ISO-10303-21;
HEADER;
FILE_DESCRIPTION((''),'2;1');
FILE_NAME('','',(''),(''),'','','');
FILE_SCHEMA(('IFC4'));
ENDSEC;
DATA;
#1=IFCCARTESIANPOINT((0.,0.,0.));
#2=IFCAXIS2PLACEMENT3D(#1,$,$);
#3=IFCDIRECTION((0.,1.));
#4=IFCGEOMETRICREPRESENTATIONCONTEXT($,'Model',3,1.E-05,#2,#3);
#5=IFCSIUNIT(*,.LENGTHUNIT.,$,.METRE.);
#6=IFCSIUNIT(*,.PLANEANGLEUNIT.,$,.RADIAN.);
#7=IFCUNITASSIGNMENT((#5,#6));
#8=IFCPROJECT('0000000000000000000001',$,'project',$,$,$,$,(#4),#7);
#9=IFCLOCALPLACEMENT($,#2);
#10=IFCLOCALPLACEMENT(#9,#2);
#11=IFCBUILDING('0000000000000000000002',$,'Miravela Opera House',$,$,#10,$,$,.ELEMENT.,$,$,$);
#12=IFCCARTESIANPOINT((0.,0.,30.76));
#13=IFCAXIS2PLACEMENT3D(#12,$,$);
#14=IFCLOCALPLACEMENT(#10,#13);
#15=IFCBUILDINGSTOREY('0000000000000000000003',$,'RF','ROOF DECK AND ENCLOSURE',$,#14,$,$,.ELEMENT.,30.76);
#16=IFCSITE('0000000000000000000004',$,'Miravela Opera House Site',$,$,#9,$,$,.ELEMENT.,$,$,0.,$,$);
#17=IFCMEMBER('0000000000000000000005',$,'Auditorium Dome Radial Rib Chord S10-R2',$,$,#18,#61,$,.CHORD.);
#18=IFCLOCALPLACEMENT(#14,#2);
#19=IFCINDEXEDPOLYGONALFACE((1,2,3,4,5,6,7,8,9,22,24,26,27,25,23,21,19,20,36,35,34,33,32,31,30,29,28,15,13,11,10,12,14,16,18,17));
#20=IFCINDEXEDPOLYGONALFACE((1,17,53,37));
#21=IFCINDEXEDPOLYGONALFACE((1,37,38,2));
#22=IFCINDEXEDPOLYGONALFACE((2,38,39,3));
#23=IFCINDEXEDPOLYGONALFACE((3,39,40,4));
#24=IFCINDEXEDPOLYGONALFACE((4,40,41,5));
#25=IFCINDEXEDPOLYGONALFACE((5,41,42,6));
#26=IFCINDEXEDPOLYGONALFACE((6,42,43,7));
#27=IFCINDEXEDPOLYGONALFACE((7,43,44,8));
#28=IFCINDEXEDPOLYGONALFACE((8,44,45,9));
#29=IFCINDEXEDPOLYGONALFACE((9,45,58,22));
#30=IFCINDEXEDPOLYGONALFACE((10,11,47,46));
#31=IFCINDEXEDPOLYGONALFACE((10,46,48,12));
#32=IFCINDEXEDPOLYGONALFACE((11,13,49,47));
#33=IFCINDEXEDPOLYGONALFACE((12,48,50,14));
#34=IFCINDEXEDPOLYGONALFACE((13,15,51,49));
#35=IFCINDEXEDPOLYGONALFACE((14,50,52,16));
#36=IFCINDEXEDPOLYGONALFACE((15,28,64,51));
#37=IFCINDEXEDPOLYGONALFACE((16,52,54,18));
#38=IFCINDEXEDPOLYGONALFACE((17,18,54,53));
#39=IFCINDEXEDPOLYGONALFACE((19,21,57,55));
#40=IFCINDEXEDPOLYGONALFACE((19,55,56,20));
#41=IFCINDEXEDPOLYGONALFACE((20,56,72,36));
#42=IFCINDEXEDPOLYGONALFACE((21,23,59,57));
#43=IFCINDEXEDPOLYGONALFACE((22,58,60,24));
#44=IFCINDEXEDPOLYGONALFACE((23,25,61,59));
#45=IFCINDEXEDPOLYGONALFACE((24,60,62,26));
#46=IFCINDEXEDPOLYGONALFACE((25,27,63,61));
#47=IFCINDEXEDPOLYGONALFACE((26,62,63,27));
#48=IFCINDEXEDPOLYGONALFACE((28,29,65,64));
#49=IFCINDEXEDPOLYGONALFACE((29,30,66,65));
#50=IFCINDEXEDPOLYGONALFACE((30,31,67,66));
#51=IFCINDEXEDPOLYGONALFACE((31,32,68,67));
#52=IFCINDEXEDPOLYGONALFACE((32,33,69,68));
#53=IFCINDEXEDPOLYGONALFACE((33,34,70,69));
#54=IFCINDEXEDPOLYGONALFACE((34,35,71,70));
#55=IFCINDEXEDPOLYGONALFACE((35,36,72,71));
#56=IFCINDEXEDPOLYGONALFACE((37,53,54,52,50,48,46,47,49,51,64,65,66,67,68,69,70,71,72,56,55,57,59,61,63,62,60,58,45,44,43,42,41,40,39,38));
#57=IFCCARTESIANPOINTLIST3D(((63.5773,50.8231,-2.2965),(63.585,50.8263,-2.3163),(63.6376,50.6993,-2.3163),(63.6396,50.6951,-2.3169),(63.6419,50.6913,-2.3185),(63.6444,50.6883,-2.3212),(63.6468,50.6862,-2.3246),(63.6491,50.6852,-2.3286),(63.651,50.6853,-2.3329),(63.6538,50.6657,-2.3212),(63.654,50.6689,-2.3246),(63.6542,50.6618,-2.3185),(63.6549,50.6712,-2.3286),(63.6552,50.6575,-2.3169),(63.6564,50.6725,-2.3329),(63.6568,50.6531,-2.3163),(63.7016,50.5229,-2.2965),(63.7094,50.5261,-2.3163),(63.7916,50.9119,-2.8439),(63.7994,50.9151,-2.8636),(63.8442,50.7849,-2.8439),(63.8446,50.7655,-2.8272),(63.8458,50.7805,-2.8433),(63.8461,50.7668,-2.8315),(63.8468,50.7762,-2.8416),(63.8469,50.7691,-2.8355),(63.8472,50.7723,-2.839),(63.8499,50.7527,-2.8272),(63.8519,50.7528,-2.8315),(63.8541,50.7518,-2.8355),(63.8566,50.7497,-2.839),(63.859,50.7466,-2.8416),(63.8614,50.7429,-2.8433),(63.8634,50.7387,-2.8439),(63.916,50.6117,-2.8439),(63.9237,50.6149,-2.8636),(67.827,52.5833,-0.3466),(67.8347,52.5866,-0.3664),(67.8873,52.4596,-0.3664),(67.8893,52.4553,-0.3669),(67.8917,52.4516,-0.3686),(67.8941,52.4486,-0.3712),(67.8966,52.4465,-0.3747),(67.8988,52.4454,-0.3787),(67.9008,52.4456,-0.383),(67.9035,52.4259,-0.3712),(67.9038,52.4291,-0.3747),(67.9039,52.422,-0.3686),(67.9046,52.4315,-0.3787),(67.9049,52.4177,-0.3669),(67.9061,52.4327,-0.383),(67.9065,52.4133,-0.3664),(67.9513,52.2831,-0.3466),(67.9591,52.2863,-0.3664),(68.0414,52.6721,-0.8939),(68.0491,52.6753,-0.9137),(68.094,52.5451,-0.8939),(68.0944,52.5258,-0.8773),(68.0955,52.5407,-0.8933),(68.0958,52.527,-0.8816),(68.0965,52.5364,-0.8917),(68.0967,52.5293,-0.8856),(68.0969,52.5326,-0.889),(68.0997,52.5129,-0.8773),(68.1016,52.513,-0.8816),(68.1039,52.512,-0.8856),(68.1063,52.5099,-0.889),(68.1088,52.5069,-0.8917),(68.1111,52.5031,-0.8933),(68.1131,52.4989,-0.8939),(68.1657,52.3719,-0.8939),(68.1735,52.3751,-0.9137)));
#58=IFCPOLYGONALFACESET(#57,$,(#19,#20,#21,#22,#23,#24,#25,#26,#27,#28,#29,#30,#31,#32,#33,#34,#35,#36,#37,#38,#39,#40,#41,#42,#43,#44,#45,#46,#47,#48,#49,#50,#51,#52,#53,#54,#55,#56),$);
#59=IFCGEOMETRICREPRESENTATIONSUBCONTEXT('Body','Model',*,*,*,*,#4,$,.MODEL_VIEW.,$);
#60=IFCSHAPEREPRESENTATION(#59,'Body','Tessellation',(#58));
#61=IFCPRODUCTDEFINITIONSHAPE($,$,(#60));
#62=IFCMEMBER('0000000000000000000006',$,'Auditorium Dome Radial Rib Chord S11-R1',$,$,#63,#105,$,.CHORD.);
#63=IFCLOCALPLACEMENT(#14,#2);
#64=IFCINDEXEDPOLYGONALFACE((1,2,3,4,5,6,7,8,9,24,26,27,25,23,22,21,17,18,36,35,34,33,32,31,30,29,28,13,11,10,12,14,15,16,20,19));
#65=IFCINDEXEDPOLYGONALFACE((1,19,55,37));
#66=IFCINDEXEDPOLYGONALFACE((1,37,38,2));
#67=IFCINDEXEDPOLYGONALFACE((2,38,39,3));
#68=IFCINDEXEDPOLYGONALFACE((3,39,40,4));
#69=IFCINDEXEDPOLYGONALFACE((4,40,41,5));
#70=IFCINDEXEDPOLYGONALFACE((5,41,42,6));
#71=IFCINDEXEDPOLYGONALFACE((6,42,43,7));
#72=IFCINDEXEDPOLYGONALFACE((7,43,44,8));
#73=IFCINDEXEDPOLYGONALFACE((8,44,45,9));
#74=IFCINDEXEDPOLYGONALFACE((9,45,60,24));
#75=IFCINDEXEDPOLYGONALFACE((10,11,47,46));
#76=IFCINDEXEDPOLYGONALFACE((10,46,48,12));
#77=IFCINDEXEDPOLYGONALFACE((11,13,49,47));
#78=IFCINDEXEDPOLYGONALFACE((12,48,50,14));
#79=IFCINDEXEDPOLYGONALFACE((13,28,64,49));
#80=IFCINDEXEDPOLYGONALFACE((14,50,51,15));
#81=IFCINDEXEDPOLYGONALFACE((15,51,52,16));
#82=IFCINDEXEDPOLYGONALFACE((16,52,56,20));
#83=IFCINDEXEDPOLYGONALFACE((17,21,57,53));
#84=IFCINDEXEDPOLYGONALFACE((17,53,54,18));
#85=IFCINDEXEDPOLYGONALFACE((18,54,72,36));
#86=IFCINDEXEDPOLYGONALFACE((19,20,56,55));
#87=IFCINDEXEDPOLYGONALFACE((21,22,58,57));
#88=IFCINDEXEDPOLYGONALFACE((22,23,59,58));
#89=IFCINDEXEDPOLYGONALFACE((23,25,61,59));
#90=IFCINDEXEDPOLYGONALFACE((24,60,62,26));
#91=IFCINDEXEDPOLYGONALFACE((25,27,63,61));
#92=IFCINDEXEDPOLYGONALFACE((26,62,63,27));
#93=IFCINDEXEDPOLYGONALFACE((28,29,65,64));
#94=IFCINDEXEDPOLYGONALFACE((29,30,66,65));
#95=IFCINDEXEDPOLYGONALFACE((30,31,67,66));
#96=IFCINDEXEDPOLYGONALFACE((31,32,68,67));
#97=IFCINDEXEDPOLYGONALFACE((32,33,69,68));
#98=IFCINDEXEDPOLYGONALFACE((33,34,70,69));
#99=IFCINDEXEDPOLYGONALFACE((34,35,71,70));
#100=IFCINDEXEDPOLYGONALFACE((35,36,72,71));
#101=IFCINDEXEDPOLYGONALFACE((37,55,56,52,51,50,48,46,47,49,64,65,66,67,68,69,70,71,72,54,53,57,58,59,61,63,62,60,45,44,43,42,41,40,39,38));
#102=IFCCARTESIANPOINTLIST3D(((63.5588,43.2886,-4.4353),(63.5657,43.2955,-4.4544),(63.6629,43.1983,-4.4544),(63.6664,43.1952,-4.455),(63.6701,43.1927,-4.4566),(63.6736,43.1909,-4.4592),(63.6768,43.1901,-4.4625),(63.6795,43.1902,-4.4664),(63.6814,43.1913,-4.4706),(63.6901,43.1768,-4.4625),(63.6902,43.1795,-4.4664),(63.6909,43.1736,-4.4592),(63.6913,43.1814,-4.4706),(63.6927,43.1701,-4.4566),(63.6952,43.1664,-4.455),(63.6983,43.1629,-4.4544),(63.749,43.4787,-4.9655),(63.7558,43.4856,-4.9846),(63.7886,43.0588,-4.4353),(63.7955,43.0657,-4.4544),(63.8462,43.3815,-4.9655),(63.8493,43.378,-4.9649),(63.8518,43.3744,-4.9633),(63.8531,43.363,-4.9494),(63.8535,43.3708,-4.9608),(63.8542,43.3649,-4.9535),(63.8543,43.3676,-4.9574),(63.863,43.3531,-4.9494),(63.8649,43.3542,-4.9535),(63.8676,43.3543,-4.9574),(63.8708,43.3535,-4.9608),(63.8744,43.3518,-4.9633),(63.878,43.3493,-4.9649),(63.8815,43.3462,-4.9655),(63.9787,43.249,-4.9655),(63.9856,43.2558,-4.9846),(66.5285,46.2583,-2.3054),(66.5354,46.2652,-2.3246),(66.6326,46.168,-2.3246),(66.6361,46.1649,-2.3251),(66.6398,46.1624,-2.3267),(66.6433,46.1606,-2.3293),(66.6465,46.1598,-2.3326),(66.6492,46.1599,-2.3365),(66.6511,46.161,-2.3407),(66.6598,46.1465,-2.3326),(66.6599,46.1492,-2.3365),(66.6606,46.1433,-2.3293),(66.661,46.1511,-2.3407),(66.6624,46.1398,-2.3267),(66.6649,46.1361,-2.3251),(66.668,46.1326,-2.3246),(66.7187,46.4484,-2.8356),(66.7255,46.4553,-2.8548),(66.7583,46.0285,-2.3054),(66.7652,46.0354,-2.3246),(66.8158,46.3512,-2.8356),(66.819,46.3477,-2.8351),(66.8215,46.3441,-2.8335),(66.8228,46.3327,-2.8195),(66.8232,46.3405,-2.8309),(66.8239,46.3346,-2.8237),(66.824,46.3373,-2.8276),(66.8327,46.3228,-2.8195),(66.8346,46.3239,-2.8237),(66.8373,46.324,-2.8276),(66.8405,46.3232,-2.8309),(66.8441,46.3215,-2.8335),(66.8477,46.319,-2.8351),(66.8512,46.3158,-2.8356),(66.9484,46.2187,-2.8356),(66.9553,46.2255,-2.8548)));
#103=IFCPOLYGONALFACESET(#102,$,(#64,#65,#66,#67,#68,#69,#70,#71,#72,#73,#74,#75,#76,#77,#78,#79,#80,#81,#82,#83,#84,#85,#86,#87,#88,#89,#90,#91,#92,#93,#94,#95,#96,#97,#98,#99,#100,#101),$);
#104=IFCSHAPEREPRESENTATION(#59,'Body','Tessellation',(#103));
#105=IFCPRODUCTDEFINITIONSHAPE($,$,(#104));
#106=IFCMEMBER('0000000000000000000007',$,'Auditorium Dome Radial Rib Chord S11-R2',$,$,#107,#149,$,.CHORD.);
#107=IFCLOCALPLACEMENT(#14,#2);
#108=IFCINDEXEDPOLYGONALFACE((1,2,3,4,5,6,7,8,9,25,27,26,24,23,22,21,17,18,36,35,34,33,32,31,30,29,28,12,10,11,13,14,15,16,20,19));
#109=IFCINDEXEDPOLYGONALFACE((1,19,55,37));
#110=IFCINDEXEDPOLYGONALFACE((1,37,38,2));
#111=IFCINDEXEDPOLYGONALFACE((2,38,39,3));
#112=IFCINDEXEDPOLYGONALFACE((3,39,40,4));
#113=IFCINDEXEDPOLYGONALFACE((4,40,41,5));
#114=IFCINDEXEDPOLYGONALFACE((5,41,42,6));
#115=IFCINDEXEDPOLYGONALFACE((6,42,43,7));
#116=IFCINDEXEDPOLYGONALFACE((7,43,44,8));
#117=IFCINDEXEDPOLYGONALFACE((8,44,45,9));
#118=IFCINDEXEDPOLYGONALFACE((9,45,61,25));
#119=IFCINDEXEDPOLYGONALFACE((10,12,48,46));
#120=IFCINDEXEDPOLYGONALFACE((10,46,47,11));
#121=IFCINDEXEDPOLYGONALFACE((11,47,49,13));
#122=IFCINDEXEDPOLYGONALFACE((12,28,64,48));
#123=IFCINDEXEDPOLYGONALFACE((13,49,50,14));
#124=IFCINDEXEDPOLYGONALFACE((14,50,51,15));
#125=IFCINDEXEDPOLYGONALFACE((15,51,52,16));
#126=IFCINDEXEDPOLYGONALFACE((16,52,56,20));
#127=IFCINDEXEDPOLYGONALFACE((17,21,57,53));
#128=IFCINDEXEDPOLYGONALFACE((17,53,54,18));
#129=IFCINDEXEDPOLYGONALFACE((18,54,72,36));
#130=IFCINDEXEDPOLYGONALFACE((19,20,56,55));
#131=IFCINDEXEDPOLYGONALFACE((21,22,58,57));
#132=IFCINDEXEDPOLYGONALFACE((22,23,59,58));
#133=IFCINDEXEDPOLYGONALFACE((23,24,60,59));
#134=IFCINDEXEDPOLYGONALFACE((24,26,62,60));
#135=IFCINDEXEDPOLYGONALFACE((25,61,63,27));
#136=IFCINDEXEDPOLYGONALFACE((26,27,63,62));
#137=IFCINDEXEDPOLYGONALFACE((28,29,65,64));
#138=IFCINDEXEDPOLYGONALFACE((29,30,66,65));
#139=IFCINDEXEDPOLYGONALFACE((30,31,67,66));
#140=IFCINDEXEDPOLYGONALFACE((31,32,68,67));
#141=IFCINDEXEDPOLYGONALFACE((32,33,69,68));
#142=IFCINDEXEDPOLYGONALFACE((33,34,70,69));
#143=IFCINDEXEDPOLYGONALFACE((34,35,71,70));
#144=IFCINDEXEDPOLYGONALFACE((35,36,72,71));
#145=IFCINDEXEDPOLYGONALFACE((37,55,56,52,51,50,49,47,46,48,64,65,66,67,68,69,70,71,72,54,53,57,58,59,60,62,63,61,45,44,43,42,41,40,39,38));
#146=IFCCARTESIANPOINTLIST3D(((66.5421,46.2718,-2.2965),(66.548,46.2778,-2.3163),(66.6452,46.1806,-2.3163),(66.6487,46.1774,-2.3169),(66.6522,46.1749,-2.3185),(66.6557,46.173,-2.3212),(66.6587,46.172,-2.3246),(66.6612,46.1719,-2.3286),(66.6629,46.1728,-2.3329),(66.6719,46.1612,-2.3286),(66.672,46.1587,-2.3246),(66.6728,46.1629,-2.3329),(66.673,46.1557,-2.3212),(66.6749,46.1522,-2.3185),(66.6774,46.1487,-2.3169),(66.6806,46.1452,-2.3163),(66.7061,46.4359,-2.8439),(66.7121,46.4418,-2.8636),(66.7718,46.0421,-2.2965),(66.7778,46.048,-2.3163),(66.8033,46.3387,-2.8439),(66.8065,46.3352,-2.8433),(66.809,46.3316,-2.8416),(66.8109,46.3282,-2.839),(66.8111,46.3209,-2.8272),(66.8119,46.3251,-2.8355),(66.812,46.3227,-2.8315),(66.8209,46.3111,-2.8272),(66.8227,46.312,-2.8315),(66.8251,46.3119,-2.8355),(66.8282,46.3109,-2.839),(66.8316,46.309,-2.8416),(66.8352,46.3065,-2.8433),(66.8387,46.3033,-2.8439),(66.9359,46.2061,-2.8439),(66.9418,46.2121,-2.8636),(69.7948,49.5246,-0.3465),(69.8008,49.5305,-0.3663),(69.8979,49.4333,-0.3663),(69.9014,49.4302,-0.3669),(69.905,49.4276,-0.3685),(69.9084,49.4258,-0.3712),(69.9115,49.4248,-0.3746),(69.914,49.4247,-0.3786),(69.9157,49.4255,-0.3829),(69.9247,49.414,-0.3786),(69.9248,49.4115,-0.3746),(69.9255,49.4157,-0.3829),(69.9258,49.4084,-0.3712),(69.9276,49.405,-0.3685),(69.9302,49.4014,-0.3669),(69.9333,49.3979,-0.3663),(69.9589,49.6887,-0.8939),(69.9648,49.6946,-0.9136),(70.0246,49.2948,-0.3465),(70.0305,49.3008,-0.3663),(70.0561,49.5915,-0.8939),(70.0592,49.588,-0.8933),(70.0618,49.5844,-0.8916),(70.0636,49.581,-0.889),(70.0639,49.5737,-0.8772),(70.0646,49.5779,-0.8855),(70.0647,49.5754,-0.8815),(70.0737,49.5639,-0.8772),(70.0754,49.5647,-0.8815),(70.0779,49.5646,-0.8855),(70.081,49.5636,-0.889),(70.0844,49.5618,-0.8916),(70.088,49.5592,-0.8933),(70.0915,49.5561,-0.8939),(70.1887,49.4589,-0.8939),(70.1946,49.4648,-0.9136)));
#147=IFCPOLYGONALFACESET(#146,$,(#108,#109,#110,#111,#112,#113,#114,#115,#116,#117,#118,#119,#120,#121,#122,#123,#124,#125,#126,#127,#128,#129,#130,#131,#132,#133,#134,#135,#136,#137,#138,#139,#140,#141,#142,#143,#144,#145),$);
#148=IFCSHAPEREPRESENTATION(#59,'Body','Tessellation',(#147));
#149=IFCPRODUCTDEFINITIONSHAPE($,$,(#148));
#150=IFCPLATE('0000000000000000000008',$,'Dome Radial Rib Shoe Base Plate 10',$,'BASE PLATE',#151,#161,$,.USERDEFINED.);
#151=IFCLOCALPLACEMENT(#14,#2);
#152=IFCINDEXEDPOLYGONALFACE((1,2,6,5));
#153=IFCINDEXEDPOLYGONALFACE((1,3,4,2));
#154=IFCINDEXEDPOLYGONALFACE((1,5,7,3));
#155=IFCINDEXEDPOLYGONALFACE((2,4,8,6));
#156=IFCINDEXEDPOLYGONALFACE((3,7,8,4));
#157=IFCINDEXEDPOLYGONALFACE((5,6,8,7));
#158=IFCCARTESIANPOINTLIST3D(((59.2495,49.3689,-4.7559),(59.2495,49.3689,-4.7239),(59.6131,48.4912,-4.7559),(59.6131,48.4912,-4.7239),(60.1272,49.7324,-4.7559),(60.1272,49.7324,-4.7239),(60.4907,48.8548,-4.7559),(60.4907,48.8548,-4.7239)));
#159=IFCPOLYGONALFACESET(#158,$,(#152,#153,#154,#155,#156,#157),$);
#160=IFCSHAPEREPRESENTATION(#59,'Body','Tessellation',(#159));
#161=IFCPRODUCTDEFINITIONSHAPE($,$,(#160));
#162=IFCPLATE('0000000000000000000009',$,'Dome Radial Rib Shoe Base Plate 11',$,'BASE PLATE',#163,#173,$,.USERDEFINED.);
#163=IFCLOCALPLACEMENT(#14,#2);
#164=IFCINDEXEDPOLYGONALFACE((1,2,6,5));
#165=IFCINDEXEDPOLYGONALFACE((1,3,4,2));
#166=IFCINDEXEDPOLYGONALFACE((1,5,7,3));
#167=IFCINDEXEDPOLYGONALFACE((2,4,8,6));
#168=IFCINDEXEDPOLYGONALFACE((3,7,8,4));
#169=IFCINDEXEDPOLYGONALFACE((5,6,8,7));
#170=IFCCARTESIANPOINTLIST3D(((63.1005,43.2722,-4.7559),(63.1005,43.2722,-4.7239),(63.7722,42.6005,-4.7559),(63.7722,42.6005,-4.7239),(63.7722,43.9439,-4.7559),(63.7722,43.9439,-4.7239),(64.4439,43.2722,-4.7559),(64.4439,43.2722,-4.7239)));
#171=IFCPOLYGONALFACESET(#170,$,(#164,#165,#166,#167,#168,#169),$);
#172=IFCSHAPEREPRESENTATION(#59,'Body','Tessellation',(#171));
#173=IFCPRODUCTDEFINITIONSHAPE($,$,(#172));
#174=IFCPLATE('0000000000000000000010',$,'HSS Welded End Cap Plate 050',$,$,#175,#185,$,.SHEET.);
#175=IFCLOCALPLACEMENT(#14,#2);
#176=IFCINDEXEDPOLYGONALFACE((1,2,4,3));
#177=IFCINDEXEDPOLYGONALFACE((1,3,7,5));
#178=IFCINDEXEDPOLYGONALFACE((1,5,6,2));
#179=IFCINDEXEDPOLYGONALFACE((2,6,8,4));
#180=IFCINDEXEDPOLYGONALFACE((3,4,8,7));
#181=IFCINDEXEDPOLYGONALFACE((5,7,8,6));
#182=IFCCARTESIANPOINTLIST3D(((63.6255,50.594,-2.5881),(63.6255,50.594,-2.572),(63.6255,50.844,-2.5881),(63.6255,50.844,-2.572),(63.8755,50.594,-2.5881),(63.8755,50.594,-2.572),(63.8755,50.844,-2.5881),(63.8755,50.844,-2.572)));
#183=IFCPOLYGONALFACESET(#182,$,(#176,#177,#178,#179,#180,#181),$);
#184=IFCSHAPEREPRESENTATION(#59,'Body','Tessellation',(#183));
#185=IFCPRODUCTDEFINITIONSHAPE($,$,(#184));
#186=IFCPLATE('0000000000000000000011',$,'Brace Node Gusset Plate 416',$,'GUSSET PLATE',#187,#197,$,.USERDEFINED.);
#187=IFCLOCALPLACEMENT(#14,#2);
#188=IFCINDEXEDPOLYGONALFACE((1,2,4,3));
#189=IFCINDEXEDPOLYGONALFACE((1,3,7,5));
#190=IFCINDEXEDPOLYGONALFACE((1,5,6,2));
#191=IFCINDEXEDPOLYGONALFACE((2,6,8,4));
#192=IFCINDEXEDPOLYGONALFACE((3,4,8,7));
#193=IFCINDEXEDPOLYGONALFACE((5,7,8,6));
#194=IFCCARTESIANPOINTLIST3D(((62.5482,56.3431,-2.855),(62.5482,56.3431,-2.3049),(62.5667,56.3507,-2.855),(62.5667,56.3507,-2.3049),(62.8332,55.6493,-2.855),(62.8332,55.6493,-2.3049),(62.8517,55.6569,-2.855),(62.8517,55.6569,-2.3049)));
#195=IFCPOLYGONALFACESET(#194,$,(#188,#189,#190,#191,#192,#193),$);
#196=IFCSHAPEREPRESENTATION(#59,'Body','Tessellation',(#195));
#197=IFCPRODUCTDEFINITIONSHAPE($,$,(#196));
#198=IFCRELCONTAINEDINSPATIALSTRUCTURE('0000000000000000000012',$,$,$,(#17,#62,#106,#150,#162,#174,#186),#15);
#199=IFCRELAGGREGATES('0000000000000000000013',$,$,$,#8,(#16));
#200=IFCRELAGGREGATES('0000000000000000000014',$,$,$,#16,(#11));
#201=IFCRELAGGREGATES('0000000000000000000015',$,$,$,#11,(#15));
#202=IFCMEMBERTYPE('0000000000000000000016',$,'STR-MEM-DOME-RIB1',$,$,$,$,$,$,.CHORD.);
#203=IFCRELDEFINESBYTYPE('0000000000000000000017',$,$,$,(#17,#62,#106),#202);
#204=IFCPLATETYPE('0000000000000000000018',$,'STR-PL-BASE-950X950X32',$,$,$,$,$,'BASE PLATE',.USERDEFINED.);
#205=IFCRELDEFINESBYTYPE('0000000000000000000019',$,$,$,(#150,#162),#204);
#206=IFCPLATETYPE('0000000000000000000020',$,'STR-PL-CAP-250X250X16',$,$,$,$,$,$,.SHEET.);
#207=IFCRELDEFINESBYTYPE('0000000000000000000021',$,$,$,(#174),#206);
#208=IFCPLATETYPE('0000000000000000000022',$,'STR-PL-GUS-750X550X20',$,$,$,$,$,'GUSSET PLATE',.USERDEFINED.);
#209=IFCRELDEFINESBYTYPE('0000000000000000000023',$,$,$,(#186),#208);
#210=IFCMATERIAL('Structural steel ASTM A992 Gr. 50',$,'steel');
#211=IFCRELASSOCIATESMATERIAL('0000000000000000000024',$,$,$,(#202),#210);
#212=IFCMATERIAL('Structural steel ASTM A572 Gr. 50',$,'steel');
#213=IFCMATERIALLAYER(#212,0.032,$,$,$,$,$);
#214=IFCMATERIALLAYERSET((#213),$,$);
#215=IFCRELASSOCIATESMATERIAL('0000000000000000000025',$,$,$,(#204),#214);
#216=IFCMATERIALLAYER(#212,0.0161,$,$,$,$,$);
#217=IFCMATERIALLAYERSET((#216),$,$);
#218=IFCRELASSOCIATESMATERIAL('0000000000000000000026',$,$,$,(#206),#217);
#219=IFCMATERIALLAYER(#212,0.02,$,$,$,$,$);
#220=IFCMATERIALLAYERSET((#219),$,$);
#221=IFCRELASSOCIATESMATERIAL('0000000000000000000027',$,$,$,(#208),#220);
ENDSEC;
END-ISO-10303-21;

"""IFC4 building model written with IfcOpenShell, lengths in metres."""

from ifc_helpers import new_model, si_unit, direction, frame, origin, origin_2d, place, context, subcontext, project, spatial, rectangle, i_section, extrude, material, layer, layer_set, material_profile, profile_set, type_object, element, save


model = new_model("IFC4")

# Units and contexts
model_context = context("Model", 3, precision=1e-05, world=origin(), true_north=direction((0.0, 1.0)))
body_context = subcontext(model_context, "Body", "Model", "MODEL_VIEW")
ifc_project = project(units=[si_unit("LENGTHUNIT", "METRE"), si_unit("PLANEANGLEUNIT", "RADIAN")], contexts=[model_context])

# Site, building, storey
site_placement = place(None, origin())
site = spatial("IfcSite", under=ifc_project, at=site_placement, Name="Miravela Opera House Site", CompositionType="ELEMENT", RefElevation=0.0)
building_placement = place(site_placement, origin())
building = spatial("IfcBuilding", under=site, at=building_placement, Name="Miravela Opera House", CompositionType="ELEMENT")
storey_placement = place(building_placement, frame((0.0, 0.0, 30.76)))
storey = spatial("IfcBuildingStorey", under=building, at=storey_placement, Name="RF", Description="ROOF DECK AND ENCLOSURE", CompositionType="ELEMENT", Elevation=30.76)

# Shared definitions
ifc_material_1 = material(Name="Structural steel ASTM A992 Gr. 50", Category="steel")

# Members
ifc_material_profile_1 = material_profile(ifc_material_1, i_section(OverallWidth=0.325, OverallDepth=0.616, WebThickness=0.0139, FlangeThickness=0.0215, FilletRadius=0.0181, at=origin_2d()), Name="W610X174")
ifc_profile_set_1 = profile_set([ifc_material_profile_1])
member_type_1 = type_object("IfcMemberType", Name="STR-MEM-DOME-RIB1", PredefinedType="CHORD", material=ifc_profile_set_1)
member_1_placement = place(storey_placement, frame((63.7505, 50.719, -2.5801), z_axis=(0.850611, 0.352324, 0.390293), x_axis=(-0.382674, 0.923884, 0.0)))
element("IfcMember", 1, at=member_1_placement, inside=storey, type_object=member_type_1, Name="Auditorium Dome Radial Rib Chord S10-R2", PredefinedType="CHORD", context=body_context, shape_type="SweptSolid", body=[
    extrude(i_section(OverallWidth=0.325, OverallDepth=0.616, WebThickness=0.0139, FlangeThickness=0.0215, FilletRadius=0.0181, at=origin_2d()), origin(), (0.0, 0.0, 1.0), 4.9961),
])
member_2_placement = place(storey_placement, frame((63.7722, 43.2722, -4.71), z_axis=(0.630645, 0.630645, 0.452298), x_axis=(-0.707107, 0.707107, 0.0)))
element("IfcMember", 2, at=member_2_placement, inside=storey, type_object=member_type_1, Name="Auditorium Dome Radial Rib Chord S11-R1", PredefinedType="CHORD", context=body_context, shape_type="SweptSolid", body=[
    extrude(i_section(OverallWidth=0.325, OverallDepth=0.616, WebThickness=0.0139, FlangeThickness=0.0215, FilletRadius=0.0181, at=origin_2d()), origin(), (0.0, 0.0, 1.0), 4.709),
])
member_3_placement = place(storey_placement, frame((66.7419, 46.2419, -2.5801), z_axis=(0.651029, 0.651029, 0.390285), x_axis=(-0.707107, 0.707107, 0.0)))
element("IfcMember", 3, at=member_3_placement, inside=storey, type_object=member_type_1, Name="Auditorium Dome Radial Rib Chord S11-R2", PredefinedType="CHORD", context=body_context, shape_type="SweptSolid", body=[
    extrude(i_section(OverallWidth=0.325, OverallDepth=0.616, WebThickness=0.0139, FlangeThickness=0.0215, FilletRadius=0.0181, at=origin_2d()), origin(), (0.0, 0.0, 1.0), 4.9963),
])

# Plates
ifc_material_2 = material(Name="Structural steel ASTM A572 Gr. 50", Category="steel")
ifc_layer_1 = layer(ifc_material_2, 0.032)
ifc_layer_set_1 = layer_set([ifc_layer_1])
plate_type_1 = type_object("IfcPlateType", Name="STR-PL-BASE-950X950X32", ElementType="BASE PLATE", PredefinedType="USERDEFINED", material=ifc_layer_set_1)
for number, where, z_axis, x_axis, name in (
    (4, (59.8701, 49.1118, -4.7559), (0.0, 0.0, 1.0), (-0.92388, -0.382683, 0.0), "Dome Radial Rib Shoe Base Plate 10"),
    (5, (63.7722, 43.2722, -4.7559), (0.0, 0.0, 1.0), (-0.707107, -0.707107, 0.0), "Dome Radial Rib Shoe Base Plate 11"),
):
    element("IfcPlate", number, at=place(storey_placement, frame(where, z_axis=z_axis, x_axis=x_axis)), inside=storey, type_object=plate_type_1, Name=name, ObjectType="BASE PLATE", PredefinedType="USERDEFINED", context=body_context, shape_type="SweptSolid", body=[
        extrude(rectangle(XDim=0.95, YDim=0.95, at=origin_2d()), origin(), (0.0, 0.0, 1.0), 0.032),
    ])
ifc_layer_2 = layer(ifc_material_2, 0.0161)
ifc_layer_set_2 = layer_set([ifc_layer_2])
plate_type_2 = type_object("IfcPlateType", Name="STR-PL-CAP-250X250X16", PredefinedType="SHEET", material=ifc_layer_set_2)
plate_placement = place(storey_placement, frame((63.7505, 50.719, -2.5881), z_axis=(0.0, 0.0, 1.0), x_axis=(1.0, 0.0, 0.0)))
element("IfcPlate", 6, at=plate_placement, inside=storey, type_object=plate_type_2, Name="HSS Welded End Cap Plate 050", PredefinedType="SHEET", context=body_context, shape_type="SweptSolid", body=[
    extrude(rectangle(XDim=0.25, YDim=0.25, at=origin_2d()), origin(), (0.0, 0.0, 1.0), 0.0161),
])
ifc_layer_3 = layer(ifc_material_2, 0.02)
ifc_layer_set_3 = layer_set([ifc_layer_3])
plate_type_3 = type_object("IfcPlateType", Name="STR-PL-GUS-750X550X20", ElementType="GUSSET PLATE", PredefinedType="USERDEFINED", material=ifc_layer_set_3)
for number, where, z_axis, x_axis, name in (
    (7, (62.7, 56.0, -2.855), (0.0, 0.0, 1.0), (-0.379941, 0.925011, 0.0), "Brace Node Gusset Plate 416"),
):
    element("IfcPlate", number, at=place(storey_placement, frame(where, z_axis=z_axis, x_axis=x_axis)), inside=storey, type_object=plate_type_3, Name=name, ObjectType="GUSSET PLATE", PredefinedType="USERDEFINED", context=body_context, shape_type="SweptSolid", body=[
        extrude(rectangle(XDim=0.75, YDim=0.02, at=origin_2d()), origin(), (0.0, 0.0, 1.0), 0.55),
    ])

save(model, "model.ifc")
